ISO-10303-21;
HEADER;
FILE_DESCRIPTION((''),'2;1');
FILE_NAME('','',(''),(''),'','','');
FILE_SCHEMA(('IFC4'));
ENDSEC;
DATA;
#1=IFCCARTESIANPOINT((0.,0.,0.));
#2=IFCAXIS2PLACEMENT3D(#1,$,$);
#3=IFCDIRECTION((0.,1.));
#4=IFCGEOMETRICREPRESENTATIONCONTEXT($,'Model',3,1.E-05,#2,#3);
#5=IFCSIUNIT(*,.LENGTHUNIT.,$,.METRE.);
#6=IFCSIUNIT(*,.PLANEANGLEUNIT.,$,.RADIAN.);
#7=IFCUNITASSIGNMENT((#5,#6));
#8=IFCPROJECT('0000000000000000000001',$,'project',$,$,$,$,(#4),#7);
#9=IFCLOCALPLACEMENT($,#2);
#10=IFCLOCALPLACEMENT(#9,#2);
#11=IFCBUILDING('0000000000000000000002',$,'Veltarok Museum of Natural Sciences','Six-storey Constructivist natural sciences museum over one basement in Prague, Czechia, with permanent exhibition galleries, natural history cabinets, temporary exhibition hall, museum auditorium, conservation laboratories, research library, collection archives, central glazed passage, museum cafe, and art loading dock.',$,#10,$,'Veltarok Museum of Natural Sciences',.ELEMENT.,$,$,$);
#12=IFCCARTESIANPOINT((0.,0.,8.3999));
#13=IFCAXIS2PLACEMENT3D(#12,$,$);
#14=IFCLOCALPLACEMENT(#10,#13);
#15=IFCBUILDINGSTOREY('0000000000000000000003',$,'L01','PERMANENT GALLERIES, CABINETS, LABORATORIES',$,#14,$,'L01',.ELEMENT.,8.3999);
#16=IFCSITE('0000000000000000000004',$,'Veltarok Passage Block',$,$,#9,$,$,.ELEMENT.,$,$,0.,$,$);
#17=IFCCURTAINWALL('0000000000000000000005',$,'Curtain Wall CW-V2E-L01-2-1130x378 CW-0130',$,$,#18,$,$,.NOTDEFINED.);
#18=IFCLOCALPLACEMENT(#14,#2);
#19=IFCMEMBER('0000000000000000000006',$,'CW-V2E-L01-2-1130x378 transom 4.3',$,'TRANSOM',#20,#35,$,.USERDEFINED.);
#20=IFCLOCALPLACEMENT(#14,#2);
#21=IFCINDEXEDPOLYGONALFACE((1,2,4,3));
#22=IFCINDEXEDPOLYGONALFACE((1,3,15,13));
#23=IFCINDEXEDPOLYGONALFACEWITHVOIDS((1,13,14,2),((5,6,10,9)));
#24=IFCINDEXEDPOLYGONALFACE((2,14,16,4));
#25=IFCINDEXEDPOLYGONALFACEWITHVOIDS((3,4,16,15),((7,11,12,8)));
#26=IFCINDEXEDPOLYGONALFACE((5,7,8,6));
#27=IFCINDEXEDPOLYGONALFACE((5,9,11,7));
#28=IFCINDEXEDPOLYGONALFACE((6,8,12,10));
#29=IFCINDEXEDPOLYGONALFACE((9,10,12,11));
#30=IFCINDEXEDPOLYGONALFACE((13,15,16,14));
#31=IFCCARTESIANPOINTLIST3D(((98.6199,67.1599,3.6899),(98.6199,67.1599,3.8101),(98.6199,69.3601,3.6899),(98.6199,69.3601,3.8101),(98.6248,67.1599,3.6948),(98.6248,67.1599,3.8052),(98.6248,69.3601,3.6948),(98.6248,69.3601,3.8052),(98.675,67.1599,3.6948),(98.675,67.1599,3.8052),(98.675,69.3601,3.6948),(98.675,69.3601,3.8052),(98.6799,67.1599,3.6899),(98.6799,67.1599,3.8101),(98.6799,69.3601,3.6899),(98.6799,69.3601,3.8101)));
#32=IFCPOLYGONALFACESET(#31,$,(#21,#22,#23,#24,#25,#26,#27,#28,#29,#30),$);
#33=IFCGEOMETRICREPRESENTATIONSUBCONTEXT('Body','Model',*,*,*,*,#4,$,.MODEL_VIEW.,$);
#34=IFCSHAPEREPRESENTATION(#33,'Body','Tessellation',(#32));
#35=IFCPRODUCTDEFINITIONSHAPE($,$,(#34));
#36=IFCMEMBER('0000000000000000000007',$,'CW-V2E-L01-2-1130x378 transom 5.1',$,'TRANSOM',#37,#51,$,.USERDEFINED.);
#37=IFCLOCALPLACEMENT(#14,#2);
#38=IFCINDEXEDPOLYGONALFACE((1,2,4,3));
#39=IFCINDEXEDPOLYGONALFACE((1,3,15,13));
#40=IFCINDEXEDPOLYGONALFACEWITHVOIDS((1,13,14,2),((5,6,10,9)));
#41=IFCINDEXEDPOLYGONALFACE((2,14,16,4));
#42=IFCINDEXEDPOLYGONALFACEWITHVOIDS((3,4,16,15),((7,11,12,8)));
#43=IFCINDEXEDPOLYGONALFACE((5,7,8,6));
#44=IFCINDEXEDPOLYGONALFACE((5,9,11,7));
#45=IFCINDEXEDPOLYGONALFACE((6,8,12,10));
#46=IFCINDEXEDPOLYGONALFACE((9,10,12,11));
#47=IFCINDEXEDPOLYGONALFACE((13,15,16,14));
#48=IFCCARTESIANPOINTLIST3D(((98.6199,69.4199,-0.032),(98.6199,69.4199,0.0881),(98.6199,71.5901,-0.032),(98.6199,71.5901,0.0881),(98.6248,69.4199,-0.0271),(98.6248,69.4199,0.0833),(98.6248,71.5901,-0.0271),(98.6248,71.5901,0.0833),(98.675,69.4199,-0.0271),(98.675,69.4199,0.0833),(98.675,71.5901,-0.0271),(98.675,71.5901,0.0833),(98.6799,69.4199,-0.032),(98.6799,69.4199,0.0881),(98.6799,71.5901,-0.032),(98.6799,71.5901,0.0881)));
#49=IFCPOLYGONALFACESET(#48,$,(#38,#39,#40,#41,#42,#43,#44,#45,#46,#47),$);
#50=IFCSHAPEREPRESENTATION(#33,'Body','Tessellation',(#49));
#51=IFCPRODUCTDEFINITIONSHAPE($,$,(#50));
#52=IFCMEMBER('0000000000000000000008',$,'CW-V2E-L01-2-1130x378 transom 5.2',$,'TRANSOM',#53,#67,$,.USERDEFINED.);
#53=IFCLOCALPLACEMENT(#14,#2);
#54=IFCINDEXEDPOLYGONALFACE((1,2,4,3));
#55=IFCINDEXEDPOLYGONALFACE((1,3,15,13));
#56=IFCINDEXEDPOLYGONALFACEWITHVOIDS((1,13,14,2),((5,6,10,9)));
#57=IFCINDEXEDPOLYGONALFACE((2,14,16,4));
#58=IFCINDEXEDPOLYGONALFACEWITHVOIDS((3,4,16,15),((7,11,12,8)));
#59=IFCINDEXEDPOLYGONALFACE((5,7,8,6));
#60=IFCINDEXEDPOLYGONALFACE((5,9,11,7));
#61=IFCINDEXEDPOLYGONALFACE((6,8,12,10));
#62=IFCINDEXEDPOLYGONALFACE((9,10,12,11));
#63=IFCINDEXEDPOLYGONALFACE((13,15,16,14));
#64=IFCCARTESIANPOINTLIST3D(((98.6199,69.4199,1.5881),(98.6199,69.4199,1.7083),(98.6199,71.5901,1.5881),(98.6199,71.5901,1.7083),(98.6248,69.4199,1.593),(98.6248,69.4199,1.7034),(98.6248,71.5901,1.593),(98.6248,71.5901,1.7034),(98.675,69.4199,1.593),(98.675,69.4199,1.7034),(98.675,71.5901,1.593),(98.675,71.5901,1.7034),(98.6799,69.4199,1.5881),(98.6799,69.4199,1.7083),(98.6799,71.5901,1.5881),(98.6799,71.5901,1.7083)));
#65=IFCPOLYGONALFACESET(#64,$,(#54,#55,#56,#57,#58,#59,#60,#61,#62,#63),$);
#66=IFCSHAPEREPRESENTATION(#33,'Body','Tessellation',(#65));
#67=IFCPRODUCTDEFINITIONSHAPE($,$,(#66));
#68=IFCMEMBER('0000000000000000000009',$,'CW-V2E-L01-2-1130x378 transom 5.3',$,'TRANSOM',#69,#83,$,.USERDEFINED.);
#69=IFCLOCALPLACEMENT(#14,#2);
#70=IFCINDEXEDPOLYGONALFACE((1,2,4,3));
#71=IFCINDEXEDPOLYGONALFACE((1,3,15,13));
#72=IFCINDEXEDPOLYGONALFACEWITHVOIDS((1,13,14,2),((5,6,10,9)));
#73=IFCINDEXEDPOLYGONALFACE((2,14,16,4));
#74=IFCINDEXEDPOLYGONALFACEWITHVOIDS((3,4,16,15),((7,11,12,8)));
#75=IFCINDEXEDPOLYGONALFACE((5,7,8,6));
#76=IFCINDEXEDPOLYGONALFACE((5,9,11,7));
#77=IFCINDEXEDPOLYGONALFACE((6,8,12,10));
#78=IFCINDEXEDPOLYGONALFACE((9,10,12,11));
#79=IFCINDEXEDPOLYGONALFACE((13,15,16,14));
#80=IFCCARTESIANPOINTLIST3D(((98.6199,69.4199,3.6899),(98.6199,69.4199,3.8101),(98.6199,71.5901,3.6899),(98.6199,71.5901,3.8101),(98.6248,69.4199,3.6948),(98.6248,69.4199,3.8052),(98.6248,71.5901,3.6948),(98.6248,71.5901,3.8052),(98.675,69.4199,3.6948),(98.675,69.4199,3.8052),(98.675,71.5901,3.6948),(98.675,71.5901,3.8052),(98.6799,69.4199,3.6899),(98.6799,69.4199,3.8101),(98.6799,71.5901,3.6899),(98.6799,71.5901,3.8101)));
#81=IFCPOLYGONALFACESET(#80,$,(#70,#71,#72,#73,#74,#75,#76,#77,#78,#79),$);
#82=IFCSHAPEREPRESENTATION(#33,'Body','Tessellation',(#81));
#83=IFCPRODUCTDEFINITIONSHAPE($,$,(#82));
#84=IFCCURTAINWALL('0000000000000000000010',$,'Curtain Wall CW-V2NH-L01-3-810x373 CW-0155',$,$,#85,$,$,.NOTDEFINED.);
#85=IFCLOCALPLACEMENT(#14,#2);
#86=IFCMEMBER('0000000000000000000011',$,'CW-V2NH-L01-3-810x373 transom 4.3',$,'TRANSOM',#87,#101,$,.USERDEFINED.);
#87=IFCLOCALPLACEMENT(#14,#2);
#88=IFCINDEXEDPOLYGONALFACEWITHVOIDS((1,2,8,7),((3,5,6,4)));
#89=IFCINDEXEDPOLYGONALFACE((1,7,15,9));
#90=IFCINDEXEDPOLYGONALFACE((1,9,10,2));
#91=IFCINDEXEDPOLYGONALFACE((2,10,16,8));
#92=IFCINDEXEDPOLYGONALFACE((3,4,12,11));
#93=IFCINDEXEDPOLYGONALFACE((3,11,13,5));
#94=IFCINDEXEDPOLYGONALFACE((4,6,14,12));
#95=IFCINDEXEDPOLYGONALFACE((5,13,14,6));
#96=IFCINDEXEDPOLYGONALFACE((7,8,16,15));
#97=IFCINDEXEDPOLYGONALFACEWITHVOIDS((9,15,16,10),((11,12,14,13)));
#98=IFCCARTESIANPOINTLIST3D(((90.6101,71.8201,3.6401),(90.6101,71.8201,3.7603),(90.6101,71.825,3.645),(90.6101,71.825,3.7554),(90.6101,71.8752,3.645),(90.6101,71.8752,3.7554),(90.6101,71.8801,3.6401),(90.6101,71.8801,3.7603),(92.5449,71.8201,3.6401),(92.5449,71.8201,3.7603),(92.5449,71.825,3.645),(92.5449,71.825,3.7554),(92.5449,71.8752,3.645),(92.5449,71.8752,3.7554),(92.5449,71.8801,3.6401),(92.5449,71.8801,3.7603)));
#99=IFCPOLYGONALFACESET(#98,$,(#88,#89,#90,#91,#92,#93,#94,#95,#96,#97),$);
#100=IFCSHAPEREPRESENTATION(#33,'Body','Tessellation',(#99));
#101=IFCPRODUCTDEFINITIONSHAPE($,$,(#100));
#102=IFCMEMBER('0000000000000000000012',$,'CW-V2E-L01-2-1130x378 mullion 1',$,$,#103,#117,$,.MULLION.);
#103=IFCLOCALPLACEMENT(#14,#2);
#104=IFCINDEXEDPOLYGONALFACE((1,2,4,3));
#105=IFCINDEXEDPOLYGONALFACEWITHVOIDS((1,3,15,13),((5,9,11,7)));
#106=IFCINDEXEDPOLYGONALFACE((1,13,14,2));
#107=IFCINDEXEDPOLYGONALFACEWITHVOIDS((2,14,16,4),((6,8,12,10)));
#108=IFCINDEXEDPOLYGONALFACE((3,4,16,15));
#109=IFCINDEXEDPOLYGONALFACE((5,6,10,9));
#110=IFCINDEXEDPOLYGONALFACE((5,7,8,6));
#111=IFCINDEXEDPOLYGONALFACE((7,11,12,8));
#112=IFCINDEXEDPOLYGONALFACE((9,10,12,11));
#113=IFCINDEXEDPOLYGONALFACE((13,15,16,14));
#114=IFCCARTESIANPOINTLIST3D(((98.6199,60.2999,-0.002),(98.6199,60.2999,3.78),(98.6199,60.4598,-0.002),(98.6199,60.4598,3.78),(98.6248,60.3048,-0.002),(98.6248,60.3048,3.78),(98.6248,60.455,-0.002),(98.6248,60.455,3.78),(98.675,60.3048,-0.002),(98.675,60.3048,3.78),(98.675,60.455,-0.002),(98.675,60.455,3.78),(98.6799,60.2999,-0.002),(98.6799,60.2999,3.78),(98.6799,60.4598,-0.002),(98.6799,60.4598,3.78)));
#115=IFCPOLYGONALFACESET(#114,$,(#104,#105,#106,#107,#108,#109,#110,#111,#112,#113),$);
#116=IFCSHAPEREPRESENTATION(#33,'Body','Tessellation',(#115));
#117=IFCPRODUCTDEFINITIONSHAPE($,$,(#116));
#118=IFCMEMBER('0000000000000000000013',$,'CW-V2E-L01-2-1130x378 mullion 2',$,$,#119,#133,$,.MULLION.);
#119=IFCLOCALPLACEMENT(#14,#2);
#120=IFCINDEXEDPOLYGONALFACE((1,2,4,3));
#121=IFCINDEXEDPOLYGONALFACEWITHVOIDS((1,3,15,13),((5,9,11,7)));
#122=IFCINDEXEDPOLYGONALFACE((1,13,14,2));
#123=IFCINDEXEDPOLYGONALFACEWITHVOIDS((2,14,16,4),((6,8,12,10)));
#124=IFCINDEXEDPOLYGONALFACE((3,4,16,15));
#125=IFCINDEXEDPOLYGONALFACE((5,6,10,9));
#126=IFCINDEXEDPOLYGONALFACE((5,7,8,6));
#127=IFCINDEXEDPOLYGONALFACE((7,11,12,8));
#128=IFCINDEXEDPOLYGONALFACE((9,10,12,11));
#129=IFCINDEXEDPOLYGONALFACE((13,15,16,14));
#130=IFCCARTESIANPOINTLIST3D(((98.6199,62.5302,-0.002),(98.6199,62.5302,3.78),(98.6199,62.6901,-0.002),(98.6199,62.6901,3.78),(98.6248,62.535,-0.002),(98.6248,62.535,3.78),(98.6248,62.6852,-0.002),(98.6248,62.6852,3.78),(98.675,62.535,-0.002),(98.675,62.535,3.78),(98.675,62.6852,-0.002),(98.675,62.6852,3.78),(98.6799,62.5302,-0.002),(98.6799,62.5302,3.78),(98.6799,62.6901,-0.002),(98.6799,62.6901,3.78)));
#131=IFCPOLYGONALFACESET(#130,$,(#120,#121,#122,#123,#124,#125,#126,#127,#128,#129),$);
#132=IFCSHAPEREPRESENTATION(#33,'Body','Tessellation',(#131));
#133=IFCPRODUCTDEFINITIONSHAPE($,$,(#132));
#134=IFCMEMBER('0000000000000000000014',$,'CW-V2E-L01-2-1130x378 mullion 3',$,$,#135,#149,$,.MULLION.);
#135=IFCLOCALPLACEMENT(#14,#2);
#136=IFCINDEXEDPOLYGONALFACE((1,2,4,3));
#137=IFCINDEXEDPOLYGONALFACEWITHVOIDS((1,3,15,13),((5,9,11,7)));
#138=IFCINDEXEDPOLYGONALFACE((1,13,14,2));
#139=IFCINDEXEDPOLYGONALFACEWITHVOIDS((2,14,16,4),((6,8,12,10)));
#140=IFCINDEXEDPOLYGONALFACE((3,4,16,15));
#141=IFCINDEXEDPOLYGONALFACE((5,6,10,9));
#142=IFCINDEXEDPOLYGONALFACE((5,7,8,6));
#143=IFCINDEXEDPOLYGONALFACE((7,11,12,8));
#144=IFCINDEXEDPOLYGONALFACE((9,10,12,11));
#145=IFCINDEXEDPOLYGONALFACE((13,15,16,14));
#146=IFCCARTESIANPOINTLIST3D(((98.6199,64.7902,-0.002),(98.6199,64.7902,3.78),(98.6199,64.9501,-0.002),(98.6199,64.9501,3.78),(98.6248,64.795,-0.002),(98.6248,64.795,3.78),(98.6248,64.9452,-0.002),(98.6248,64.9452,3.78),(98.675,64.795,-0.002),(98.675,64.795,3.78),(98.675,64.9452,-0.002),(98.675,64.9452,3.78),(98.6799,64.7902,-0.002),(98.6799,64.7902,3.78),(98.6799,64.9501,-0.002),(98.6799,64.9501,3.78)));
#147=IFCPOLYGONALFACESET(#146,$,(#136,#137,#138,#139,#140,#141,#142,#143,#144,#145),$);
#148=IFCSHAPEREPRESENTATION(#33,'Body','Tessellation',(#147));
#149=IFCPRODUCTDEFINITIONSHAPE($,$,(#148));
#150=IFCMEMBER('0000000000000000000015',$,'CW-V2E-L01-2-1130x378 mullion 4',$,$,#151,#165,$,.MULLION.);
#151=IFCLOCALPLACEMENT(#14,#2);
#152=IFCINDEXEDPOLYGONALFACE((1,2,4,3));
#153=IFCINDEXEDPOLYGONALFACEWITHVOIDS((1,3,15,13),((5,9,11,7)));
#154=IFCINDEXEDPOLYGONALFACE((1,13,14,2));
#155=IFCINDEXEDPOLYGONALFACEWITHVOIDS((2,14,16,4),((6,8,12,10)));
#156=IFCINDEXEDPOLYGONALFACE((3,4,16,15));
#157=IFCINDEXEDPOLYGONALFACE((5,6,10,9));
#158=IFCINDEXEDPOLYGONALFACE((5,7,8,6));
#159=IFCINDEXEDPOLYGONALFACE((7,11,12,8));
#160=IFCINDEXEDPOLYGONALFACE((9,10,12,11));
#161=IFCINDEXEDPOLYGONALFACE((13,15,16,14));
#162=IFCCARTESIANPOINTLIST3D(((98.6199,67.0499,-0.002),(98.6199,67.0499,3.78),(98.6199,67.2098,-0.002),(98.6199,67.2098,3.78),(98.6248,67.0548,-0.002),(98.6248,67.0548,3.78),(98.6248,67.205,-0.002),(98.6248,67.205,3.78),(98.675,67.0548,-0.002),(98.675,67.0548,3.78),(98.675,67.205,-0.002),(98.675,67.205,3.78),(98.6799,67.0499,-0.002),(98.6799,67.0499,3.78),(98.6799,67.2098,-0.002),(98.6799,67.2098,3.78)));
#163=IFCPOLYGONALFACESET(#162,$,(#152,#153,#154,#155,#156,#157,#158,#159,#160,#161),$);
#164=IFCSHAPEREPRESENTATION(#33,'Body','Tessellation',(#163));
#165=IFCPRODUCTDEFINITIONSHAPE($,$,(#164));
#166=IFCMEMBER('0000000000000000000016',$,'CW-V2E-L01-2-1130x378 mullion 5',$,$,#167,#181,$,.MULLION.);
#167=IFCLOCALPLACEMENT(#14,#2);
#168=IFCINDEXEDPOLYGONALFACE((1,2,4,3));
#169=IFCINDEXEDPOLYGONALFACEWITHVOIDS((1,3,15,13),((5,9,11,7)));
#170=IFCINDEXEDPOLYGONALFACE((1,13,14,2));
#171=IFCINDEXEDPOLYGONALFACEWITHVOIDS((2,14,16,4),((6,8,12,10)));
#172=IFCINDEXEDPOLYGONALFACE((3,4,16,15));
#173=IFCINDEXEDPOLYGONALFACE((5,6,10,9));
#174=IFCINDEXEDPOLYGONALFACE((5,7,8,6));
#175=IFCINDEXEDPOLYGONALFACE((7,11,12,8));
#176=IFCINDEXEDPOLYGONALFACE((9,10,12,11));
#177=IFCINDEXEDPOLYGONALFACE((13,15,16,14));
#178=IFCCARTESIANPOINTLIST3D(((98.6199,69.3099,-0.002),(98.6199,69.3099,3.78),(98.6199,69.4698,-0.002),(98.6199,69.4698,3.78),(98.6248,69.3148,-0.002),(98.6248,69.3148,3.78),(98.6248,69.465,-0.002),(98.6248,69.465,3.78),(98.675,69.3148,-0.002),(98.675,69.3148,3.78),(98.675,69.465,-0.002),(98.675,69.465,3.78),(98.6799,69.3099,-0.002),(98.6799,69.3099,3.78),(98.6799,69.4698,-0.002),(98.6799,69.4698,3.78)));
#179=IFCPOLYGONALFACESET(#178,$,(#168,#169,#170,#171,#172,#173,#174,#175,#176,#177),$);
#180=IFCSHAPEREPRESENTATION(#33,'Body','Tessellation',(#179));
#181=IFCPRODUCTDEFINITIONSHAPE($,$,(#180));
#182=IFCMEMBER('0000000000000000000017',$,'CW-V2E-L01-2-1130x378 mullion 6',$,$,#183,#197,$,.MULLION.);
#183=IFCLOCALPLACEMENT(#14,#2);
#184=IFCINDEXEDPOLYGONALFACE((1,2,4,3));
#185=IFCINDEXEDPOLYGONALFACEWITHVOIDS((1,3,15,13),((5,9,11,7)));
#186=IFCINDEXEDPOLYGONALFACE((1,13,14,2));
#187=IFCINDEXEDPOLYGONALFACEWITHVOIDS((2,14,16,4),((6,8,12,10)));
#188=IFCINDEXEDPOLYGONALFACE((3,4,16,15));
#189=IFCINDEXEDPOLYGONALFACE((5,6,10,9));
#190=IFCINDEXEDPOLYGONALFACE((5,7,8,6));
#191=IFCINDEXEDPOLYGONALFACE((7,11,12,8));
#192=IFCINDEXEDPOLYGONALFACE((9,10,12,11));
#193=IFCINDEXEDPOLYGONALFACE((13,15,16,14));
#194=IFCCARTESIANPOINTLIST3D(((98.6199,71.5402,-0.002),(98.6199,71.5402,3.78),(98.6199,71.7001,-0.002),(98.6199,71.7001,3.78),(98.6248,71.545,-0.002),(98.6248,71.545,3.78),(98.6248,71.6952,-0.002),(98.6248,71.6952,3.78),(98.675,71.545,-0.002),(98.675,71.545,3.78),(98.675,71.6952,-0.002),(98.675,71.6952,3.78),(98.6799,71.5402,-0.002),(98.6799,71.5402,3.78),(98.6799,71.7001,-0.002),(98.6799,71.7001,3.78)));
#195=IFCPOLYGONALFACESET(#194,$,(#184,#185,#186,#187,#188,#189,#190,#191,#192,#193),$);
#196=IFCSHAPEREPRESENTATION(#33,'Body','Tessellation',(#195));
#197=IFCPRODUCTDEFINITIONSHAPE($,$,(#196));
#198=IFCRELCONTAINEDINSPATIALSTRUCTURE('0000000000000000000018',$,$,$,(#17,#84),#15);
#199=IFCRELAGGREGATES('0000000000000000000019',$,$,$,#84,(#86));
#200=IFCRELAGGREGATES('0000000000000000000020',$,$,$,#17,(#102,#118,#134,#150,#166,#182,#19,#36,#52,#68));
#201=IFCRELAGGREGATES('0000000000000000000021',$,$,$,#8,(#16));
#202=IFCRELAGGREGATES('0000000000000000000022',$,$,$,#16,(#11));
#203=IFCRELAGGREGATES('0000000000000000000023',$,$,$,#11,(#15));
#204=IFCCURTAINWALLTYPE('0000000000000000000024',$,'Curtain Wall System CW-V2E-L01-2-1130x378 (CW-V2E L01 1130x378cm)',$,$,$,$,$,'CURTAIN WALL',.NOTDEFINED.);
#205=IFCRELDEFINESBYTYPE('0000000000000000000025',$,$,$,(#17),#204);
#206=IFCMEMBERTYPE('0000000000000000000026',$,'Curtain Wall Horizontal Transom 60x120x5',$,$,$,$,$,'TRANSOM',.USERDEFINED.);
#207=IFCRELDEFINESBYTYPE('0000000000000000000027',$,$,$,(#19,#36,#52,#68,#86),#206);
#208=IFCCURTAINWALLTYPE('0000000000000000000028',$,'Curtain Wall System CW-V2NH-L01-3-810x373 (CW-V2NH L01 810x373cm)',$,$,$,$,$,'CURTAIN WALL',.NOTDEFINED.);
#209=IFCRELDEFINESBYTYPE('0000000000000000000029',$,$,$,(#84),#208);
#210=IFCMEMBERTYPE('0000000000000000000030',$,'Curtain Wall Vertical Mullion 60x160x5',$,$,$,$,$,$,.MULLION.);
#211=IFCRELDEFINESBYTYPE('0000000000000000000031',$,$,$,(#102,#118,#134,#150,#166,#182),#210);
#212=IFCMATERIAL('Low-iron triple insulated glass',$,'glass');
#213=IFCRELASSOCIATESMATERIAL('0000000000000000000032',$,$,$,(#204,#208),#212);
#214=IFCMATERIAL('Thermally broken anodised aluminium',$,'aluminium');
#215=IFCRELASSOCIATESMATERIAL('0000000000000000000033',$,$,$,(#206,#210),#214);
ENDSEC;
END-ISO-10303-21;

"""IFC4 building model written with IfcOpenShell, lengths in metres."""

from ifc_helpers import new_model, si_unit, direction, frame, origin, origin_2d, place, context, subcontext, project, spatial, hollow_rectangle, extrude, material, material_profile, profile_set, type_object, element, aggregate, save


model = new_model("IFC4")

# Units and contexts
model_context = context("Model", 3, precision=1e-05, world=origin(), true_north=direction((0.0, 1.0)))
body_context = subcontext(model_context, "Body", "Model", "MODEL_VIEW")
ifc_project = project(units=[si_unit("LENGTHUNIT", "METRE"), si_unit("PLANEANGLEUNIT", "RADIAN")], contexts=[model_context])

# Site, building, storey
site_placement = place(None, origin())
site = spatial("IfcSite", under=ifc_project, at=site_placement, Name="Veltarok Passage Block", CompositionType="ELEMENT", RefElevation=0.0)
building_placement = place(site_placement, origin())
building = spatial("IfcBuilding", under=site, at=building_placement, Name="Veltarok Museum of Natural Sciences", Description="Six-storey Constructivist natural sciences museum over one basement in Prague, Czechia, with permanent exhibition galleries, natural history cabinets, temporary exhibition hall, museum auditorium, conservation laboratories, research library, collection archives, central glazed passage, museum cafe, and art loading dock.", LongName="Veltarok Museum of Natural Sciences", CompositionType="ELEMENT")
storey_placement = place(building_placement, frame((0.0, 0.0, 8.3999)))
storey = spatial("IfcBuildingStorey", under=building, at=storey_placement, Name="L01", Description="PERMANENT GALLERIES, CABINETS, LABORATORIES", LongName="L01", CompositionType="ELEMENT", Elevation=8.3999)

# Curtain wall, members
ifc_material_1 = material(Name="Low-iron triple insulated glass", Category="glass")
curtain_wall_type_1 = type_object("IfcCurtainWallType", Name="Curtain Wall System CW-V2E-L01-2-1130x378 (CW-V2E L01 1130x378cm)", ElementType="CURTAIN WALL", PredefinedType="NOTDEFINED", material=ifc_material_1)
curtain_wall_1_placement = place(storey_placement, origin())
curtain_wall_1 = element("IfcCurtainWall", 1, at=curtain_wall_1_placement, inside=storey, type_object=curtain_wall_type_1, Name="Curtain Wall CW-V2E-L01-2-1130x378 CW-0130", PredefinedType="NOTDEFINED")
ifc_material_2 = material(Name="Thermally broken anodised aluminium", Category="aluminium")
ifc_material_profile_1 = material_profile(ifc_material_2, hollow_rectangle(XDim=0.0601, YDim=0.1201, WallThickness=0.0049, at=origin_2d()), Name="CW TRANSOM 60x120x5")
ifc_profile_set_1 = profile_set([ifc_material_profile_1], Name="Thermally broken anodised aluminium")
member_type_1 = type_object("IfcMemberType", Name="Curtain Wall Horizontal Transom 60x120x5", ElementType="TRANSOM", PredefinedType="USERDEFINED", material=ifc_profile_set_1)
member_1_placement = place(storey_placement, frame((98.6499, 67.1599, 3.75), z_axis=(0.0, 1.0, 0.0), x_axis=(-1.0, 0.0, 0.0)))
member_1 = element("IfcMember", 2, at=member_1_placement, type_object=member_type_1, Name="CW-V2E-L01-2-1130x378 transom 4.3", ObjectType="TRANSOM", PredefinedType="USERDEFINED", context=body_context, shape_type="SweptSolid", body=[
    extrude(hollow_rectangle(XDim=0.0601, YDim=0.1201, WallThickness=0.0049, at=origin_2d()), origin(), (0.0, 0.0, 1.0), 2.2002),
])
member_2_placement = place(storey_placement, frame((98.6499, 69.4199, 0.0281), z_axis=(0.0, 1.0, 0.0), x_axis=(-1.0, 0.0, 0.0)))
member_2 = element("IfcMember", 3, at=member_2_placement, type_object=member_type_1, Name="CW-V2E-L01-2-1130x378 transom 5.1", ObjectType="TRANSOM", PredefinedType="USERDEFINED", context=body_context, shape_type="SweptSolid", body=[
    extrude(hollow_rectangle(XDim=0.0601, YDim=0.1201, WallThickness=0.0049, at=origin_2d()), origin(), (0.0, 0.0, 1.0), 2.1702),
])
member_3_placement = place(storey_placement, frame((98.6499, 69.4199, 1.6482), z_axis=(0.0, 1.0, 0.0), x_axis=(-1.0, 0.0, 0.0)))
member_3 = element("IfcMember", 4, at=member_3_placement, type_object=member_type_1, Name="CW-V2E-L01-2-1130x378 transom 5.2", ObjectType="TRANSOM", PredefinedType="USERDEFINED", context=body_context, shape_type="SweptSolid", body=[
    extrude(hollow_rectangle(XDim=0.0601, YDim=0.1201, WallThickness=0.0049, at=origin_2d()), origin(), (0.0, 0.0, 1.0), 2.1702),
])
member_4_placement = place(storey_placement, frame((98.6499, 69.4199, 3.75), z_axis=(0.0, 1.0, 0.0), x_axis=(-1.0, 0.0, 0.0)))
member_4 = element("IfcMember", 5, at=member_4_placement, type_object=member_type_1, Name="CW-V2E-L01-2-1130x378 transom 5.3", ObjectType="TRANSOM", PredefinedType="USERDEFINED", context=body_context, shape_type="SweptSolid", body=[
    extrude(hollow_rectangle(XDim=0.0601, YDim=0.1201, WallThickness=0.0049, at=origin_2d()), origin(), (0.0, 0.0, 1.0), 2.1702),
])

# Curtain wall, member
curtain_wall_type_2 = type_object("IfcCurtainWallType", Name="Curtain Wall System CW-V2NH-L01-3-810x373 (CW-V2NH L01 810x373cm)", ElementType="CURTAIN WALL", PredefinedType="NOTDEFINED", material=ifc_material_1)
curtain_wall_2_placement = place(storey_placement, origin())
curtain_wall_2 = element("IfcCurtainWall", 6, at=curtain_wall_2_placement, inside=storey, type_object=curtain_wall_type_2, Name="Curtain Wall CW-V2NH-L01-3-810x373 CW-0155", PredefinedType="NOTDEFINED")
member_5_placement = place(storey_placement, frame((92.5449, 71.8501, 3.7002), z_axis=(-1.0, 0.0, 0.0), x_axis=(0.0, -1.0, 0.0)))
member_5 = element("IfcMember", 7, at=member_5_placement, type_object=member_type_1, Name="CW-V2NH-L01-3-810x373 transom 4.3", ObjectType="TRANSOM", PredefinedType="USERDEFINED", context=body_context, shape_type="SweptSolid", body=[
    extrude(hollow_rectangle(XDim=0.0601, YDim=0.1201, WallThickness=0.0049, at=origin_2d()), origin(), (0.0, 0.0, 1.0), 1.9348),
])
aggregate(curtain_wall_2, [member_5])

# Members
ifc_material_profile_2 = material_profile(ifc_material_2, hollow_rectangle(XDim=0.0601, YDim=0.1599, WallThickness=0.0049, at=origin_2d()), Name="CW MULLION 60x160x5")
ifc_profile_set_2 = profile_set([ifc_material_profile_2], Name="Thermally broken anodised aluminium")
member_type_2 = type_object("IfcMemberType", Name="Curtain Wall Vertical Mullion 60x160x5", PredefinedType="MULLION", material=ifc_profile_set_2)
member_6_placement = place(storey_placement, frame((98.6499, 60.3799, -0.002), z_axis=(0.0, 0.0, 1.0), x_axis=(-1.0, 0.0, 0.0)))
member_6 = element("IfcMember", 8, at=member_6_placement, type_object=member_type_2, Name="CW-V2E-L01-2-1130x378 mullion 1", PredefinedType="MULLION", context=body_context, shape_type="SweptSolid", body=[
    extrude(hollow_rectangle(XDim=0.0601, YDim=0.1599, WallThickness=0.0049, at=origin_2d()), origin(), (0.0, 0.0, 1.0), 3.782),
])
member_7_placement = place(storey_placement, frame((98.6499, 62.6101, -0.002), z_axis=(0.0, 0.0, 1.0), x_axis=(-1.0, 0.0, 0.0)))
member_7 = element("IfcMember", 9, at=member_7_placement, type_object=member_type_2, Name="CW-V2E-L01-2-1130x378 mullion 2", PredefinedType="MULLION", context=body_context, shape_type="SweptSolid", body=[
    extrude(hollow_rectangle(XDim=0.0601, YDim=0.1599, WallThickness=0.0049, at=origin_2d()), origin(), (0.0, 0.0, 1.0), 3.782),
])
member_8_placement = place(storey_placement, frame((98.6499, 64.8701, -0.002), z_axis=(0.0, 0.0, 1.0), x_axis=(-1.0, 0.0, 0.0)))
member_8 = element("IfcMember", 10, at=member_8_placement, type_object=member_type_2, Name="CW-V2E-L01-2-1130x378 mullion 3", PredefinedType="MULLION", context=body_context, shape_type="SweptSolid", body=[
    extrude(hollow_rectangle(XDim=0.0601, YDim=0.1599, WallThickness=0.0049, at=origin_2d()), origin(), (0.0, 0.0, 1.0), 3.782),
])
member_9_placement = place(storey_placement, frame((98.6499, 67.1299, -0.002), z_axis=(0.0, 0.0, 1.0), x_axis=(-1.0, 0.0, 0.0)))
member_9 = element("IfcMember", 11, at=member_9_placement, type_object=member_type_2, Name="CW-V2E-L01-2-1130x378 mullion 4", PredefinedType="MULLION", context=body_context, shape_type="SweptSolid", body=[
    extrude(hollow_rectangle(XDim=0.0601, YDim=0.1599, WallThickness=0.0049, at=origin_2d()), origin(), (0.0, 0.0, 1.0), 3.782),
])
member_10_placement = place(storey_placement, frame((98.6499, 69.3899, -0.002), z_axis=(0.0, 0.0, 1.0), x_axis=(-1.0, 0.0, 0.0)))
member_10 = element("IfcMember", 12, at=member_10_placement, type_object=member_type_2, Name="CW-V2E-L01-2-1130x378 mullion 5", PredefinedType="MULLION", context=body_context, shape_type="SweptSolid", body=[
    extrude(hollow_rectangle(XDim=0.0601, YDim=0.1599, WallThickness=0.0049, at=origin_2d()), origin(), (0.0, 0.0, 1.0), 3.782),
])
member_11_placement = place(storey_placement, frame((98.6499, 71.6201, -0.002), z_axis=(0.0, 0.0, 1.0), x_axis=(-1.0, 0.0, 0.0)))
member_11 = element("IfcMember", 13, at=member_11_placement, type_object=member_type_2, Name="CW-V2E-L01-2-1130x378 mullion 6", PredefinedType="MULLION", context=body_context, shape_type="SweptSolid", body=[
    extrude(hollow_rectangle(XDim=0.0601, YDim=0.1599, WallThickness=0.0049, at=origin_2d()), origin(), (0.0, 0.0, 1.0), 3.782),
])

aggregate(curtain_wall_1, [member_6, member_7, member_8, member_9, member_10, member_11, member_1, member_2, member_3, member_4])

save(model, "model.ifc")
